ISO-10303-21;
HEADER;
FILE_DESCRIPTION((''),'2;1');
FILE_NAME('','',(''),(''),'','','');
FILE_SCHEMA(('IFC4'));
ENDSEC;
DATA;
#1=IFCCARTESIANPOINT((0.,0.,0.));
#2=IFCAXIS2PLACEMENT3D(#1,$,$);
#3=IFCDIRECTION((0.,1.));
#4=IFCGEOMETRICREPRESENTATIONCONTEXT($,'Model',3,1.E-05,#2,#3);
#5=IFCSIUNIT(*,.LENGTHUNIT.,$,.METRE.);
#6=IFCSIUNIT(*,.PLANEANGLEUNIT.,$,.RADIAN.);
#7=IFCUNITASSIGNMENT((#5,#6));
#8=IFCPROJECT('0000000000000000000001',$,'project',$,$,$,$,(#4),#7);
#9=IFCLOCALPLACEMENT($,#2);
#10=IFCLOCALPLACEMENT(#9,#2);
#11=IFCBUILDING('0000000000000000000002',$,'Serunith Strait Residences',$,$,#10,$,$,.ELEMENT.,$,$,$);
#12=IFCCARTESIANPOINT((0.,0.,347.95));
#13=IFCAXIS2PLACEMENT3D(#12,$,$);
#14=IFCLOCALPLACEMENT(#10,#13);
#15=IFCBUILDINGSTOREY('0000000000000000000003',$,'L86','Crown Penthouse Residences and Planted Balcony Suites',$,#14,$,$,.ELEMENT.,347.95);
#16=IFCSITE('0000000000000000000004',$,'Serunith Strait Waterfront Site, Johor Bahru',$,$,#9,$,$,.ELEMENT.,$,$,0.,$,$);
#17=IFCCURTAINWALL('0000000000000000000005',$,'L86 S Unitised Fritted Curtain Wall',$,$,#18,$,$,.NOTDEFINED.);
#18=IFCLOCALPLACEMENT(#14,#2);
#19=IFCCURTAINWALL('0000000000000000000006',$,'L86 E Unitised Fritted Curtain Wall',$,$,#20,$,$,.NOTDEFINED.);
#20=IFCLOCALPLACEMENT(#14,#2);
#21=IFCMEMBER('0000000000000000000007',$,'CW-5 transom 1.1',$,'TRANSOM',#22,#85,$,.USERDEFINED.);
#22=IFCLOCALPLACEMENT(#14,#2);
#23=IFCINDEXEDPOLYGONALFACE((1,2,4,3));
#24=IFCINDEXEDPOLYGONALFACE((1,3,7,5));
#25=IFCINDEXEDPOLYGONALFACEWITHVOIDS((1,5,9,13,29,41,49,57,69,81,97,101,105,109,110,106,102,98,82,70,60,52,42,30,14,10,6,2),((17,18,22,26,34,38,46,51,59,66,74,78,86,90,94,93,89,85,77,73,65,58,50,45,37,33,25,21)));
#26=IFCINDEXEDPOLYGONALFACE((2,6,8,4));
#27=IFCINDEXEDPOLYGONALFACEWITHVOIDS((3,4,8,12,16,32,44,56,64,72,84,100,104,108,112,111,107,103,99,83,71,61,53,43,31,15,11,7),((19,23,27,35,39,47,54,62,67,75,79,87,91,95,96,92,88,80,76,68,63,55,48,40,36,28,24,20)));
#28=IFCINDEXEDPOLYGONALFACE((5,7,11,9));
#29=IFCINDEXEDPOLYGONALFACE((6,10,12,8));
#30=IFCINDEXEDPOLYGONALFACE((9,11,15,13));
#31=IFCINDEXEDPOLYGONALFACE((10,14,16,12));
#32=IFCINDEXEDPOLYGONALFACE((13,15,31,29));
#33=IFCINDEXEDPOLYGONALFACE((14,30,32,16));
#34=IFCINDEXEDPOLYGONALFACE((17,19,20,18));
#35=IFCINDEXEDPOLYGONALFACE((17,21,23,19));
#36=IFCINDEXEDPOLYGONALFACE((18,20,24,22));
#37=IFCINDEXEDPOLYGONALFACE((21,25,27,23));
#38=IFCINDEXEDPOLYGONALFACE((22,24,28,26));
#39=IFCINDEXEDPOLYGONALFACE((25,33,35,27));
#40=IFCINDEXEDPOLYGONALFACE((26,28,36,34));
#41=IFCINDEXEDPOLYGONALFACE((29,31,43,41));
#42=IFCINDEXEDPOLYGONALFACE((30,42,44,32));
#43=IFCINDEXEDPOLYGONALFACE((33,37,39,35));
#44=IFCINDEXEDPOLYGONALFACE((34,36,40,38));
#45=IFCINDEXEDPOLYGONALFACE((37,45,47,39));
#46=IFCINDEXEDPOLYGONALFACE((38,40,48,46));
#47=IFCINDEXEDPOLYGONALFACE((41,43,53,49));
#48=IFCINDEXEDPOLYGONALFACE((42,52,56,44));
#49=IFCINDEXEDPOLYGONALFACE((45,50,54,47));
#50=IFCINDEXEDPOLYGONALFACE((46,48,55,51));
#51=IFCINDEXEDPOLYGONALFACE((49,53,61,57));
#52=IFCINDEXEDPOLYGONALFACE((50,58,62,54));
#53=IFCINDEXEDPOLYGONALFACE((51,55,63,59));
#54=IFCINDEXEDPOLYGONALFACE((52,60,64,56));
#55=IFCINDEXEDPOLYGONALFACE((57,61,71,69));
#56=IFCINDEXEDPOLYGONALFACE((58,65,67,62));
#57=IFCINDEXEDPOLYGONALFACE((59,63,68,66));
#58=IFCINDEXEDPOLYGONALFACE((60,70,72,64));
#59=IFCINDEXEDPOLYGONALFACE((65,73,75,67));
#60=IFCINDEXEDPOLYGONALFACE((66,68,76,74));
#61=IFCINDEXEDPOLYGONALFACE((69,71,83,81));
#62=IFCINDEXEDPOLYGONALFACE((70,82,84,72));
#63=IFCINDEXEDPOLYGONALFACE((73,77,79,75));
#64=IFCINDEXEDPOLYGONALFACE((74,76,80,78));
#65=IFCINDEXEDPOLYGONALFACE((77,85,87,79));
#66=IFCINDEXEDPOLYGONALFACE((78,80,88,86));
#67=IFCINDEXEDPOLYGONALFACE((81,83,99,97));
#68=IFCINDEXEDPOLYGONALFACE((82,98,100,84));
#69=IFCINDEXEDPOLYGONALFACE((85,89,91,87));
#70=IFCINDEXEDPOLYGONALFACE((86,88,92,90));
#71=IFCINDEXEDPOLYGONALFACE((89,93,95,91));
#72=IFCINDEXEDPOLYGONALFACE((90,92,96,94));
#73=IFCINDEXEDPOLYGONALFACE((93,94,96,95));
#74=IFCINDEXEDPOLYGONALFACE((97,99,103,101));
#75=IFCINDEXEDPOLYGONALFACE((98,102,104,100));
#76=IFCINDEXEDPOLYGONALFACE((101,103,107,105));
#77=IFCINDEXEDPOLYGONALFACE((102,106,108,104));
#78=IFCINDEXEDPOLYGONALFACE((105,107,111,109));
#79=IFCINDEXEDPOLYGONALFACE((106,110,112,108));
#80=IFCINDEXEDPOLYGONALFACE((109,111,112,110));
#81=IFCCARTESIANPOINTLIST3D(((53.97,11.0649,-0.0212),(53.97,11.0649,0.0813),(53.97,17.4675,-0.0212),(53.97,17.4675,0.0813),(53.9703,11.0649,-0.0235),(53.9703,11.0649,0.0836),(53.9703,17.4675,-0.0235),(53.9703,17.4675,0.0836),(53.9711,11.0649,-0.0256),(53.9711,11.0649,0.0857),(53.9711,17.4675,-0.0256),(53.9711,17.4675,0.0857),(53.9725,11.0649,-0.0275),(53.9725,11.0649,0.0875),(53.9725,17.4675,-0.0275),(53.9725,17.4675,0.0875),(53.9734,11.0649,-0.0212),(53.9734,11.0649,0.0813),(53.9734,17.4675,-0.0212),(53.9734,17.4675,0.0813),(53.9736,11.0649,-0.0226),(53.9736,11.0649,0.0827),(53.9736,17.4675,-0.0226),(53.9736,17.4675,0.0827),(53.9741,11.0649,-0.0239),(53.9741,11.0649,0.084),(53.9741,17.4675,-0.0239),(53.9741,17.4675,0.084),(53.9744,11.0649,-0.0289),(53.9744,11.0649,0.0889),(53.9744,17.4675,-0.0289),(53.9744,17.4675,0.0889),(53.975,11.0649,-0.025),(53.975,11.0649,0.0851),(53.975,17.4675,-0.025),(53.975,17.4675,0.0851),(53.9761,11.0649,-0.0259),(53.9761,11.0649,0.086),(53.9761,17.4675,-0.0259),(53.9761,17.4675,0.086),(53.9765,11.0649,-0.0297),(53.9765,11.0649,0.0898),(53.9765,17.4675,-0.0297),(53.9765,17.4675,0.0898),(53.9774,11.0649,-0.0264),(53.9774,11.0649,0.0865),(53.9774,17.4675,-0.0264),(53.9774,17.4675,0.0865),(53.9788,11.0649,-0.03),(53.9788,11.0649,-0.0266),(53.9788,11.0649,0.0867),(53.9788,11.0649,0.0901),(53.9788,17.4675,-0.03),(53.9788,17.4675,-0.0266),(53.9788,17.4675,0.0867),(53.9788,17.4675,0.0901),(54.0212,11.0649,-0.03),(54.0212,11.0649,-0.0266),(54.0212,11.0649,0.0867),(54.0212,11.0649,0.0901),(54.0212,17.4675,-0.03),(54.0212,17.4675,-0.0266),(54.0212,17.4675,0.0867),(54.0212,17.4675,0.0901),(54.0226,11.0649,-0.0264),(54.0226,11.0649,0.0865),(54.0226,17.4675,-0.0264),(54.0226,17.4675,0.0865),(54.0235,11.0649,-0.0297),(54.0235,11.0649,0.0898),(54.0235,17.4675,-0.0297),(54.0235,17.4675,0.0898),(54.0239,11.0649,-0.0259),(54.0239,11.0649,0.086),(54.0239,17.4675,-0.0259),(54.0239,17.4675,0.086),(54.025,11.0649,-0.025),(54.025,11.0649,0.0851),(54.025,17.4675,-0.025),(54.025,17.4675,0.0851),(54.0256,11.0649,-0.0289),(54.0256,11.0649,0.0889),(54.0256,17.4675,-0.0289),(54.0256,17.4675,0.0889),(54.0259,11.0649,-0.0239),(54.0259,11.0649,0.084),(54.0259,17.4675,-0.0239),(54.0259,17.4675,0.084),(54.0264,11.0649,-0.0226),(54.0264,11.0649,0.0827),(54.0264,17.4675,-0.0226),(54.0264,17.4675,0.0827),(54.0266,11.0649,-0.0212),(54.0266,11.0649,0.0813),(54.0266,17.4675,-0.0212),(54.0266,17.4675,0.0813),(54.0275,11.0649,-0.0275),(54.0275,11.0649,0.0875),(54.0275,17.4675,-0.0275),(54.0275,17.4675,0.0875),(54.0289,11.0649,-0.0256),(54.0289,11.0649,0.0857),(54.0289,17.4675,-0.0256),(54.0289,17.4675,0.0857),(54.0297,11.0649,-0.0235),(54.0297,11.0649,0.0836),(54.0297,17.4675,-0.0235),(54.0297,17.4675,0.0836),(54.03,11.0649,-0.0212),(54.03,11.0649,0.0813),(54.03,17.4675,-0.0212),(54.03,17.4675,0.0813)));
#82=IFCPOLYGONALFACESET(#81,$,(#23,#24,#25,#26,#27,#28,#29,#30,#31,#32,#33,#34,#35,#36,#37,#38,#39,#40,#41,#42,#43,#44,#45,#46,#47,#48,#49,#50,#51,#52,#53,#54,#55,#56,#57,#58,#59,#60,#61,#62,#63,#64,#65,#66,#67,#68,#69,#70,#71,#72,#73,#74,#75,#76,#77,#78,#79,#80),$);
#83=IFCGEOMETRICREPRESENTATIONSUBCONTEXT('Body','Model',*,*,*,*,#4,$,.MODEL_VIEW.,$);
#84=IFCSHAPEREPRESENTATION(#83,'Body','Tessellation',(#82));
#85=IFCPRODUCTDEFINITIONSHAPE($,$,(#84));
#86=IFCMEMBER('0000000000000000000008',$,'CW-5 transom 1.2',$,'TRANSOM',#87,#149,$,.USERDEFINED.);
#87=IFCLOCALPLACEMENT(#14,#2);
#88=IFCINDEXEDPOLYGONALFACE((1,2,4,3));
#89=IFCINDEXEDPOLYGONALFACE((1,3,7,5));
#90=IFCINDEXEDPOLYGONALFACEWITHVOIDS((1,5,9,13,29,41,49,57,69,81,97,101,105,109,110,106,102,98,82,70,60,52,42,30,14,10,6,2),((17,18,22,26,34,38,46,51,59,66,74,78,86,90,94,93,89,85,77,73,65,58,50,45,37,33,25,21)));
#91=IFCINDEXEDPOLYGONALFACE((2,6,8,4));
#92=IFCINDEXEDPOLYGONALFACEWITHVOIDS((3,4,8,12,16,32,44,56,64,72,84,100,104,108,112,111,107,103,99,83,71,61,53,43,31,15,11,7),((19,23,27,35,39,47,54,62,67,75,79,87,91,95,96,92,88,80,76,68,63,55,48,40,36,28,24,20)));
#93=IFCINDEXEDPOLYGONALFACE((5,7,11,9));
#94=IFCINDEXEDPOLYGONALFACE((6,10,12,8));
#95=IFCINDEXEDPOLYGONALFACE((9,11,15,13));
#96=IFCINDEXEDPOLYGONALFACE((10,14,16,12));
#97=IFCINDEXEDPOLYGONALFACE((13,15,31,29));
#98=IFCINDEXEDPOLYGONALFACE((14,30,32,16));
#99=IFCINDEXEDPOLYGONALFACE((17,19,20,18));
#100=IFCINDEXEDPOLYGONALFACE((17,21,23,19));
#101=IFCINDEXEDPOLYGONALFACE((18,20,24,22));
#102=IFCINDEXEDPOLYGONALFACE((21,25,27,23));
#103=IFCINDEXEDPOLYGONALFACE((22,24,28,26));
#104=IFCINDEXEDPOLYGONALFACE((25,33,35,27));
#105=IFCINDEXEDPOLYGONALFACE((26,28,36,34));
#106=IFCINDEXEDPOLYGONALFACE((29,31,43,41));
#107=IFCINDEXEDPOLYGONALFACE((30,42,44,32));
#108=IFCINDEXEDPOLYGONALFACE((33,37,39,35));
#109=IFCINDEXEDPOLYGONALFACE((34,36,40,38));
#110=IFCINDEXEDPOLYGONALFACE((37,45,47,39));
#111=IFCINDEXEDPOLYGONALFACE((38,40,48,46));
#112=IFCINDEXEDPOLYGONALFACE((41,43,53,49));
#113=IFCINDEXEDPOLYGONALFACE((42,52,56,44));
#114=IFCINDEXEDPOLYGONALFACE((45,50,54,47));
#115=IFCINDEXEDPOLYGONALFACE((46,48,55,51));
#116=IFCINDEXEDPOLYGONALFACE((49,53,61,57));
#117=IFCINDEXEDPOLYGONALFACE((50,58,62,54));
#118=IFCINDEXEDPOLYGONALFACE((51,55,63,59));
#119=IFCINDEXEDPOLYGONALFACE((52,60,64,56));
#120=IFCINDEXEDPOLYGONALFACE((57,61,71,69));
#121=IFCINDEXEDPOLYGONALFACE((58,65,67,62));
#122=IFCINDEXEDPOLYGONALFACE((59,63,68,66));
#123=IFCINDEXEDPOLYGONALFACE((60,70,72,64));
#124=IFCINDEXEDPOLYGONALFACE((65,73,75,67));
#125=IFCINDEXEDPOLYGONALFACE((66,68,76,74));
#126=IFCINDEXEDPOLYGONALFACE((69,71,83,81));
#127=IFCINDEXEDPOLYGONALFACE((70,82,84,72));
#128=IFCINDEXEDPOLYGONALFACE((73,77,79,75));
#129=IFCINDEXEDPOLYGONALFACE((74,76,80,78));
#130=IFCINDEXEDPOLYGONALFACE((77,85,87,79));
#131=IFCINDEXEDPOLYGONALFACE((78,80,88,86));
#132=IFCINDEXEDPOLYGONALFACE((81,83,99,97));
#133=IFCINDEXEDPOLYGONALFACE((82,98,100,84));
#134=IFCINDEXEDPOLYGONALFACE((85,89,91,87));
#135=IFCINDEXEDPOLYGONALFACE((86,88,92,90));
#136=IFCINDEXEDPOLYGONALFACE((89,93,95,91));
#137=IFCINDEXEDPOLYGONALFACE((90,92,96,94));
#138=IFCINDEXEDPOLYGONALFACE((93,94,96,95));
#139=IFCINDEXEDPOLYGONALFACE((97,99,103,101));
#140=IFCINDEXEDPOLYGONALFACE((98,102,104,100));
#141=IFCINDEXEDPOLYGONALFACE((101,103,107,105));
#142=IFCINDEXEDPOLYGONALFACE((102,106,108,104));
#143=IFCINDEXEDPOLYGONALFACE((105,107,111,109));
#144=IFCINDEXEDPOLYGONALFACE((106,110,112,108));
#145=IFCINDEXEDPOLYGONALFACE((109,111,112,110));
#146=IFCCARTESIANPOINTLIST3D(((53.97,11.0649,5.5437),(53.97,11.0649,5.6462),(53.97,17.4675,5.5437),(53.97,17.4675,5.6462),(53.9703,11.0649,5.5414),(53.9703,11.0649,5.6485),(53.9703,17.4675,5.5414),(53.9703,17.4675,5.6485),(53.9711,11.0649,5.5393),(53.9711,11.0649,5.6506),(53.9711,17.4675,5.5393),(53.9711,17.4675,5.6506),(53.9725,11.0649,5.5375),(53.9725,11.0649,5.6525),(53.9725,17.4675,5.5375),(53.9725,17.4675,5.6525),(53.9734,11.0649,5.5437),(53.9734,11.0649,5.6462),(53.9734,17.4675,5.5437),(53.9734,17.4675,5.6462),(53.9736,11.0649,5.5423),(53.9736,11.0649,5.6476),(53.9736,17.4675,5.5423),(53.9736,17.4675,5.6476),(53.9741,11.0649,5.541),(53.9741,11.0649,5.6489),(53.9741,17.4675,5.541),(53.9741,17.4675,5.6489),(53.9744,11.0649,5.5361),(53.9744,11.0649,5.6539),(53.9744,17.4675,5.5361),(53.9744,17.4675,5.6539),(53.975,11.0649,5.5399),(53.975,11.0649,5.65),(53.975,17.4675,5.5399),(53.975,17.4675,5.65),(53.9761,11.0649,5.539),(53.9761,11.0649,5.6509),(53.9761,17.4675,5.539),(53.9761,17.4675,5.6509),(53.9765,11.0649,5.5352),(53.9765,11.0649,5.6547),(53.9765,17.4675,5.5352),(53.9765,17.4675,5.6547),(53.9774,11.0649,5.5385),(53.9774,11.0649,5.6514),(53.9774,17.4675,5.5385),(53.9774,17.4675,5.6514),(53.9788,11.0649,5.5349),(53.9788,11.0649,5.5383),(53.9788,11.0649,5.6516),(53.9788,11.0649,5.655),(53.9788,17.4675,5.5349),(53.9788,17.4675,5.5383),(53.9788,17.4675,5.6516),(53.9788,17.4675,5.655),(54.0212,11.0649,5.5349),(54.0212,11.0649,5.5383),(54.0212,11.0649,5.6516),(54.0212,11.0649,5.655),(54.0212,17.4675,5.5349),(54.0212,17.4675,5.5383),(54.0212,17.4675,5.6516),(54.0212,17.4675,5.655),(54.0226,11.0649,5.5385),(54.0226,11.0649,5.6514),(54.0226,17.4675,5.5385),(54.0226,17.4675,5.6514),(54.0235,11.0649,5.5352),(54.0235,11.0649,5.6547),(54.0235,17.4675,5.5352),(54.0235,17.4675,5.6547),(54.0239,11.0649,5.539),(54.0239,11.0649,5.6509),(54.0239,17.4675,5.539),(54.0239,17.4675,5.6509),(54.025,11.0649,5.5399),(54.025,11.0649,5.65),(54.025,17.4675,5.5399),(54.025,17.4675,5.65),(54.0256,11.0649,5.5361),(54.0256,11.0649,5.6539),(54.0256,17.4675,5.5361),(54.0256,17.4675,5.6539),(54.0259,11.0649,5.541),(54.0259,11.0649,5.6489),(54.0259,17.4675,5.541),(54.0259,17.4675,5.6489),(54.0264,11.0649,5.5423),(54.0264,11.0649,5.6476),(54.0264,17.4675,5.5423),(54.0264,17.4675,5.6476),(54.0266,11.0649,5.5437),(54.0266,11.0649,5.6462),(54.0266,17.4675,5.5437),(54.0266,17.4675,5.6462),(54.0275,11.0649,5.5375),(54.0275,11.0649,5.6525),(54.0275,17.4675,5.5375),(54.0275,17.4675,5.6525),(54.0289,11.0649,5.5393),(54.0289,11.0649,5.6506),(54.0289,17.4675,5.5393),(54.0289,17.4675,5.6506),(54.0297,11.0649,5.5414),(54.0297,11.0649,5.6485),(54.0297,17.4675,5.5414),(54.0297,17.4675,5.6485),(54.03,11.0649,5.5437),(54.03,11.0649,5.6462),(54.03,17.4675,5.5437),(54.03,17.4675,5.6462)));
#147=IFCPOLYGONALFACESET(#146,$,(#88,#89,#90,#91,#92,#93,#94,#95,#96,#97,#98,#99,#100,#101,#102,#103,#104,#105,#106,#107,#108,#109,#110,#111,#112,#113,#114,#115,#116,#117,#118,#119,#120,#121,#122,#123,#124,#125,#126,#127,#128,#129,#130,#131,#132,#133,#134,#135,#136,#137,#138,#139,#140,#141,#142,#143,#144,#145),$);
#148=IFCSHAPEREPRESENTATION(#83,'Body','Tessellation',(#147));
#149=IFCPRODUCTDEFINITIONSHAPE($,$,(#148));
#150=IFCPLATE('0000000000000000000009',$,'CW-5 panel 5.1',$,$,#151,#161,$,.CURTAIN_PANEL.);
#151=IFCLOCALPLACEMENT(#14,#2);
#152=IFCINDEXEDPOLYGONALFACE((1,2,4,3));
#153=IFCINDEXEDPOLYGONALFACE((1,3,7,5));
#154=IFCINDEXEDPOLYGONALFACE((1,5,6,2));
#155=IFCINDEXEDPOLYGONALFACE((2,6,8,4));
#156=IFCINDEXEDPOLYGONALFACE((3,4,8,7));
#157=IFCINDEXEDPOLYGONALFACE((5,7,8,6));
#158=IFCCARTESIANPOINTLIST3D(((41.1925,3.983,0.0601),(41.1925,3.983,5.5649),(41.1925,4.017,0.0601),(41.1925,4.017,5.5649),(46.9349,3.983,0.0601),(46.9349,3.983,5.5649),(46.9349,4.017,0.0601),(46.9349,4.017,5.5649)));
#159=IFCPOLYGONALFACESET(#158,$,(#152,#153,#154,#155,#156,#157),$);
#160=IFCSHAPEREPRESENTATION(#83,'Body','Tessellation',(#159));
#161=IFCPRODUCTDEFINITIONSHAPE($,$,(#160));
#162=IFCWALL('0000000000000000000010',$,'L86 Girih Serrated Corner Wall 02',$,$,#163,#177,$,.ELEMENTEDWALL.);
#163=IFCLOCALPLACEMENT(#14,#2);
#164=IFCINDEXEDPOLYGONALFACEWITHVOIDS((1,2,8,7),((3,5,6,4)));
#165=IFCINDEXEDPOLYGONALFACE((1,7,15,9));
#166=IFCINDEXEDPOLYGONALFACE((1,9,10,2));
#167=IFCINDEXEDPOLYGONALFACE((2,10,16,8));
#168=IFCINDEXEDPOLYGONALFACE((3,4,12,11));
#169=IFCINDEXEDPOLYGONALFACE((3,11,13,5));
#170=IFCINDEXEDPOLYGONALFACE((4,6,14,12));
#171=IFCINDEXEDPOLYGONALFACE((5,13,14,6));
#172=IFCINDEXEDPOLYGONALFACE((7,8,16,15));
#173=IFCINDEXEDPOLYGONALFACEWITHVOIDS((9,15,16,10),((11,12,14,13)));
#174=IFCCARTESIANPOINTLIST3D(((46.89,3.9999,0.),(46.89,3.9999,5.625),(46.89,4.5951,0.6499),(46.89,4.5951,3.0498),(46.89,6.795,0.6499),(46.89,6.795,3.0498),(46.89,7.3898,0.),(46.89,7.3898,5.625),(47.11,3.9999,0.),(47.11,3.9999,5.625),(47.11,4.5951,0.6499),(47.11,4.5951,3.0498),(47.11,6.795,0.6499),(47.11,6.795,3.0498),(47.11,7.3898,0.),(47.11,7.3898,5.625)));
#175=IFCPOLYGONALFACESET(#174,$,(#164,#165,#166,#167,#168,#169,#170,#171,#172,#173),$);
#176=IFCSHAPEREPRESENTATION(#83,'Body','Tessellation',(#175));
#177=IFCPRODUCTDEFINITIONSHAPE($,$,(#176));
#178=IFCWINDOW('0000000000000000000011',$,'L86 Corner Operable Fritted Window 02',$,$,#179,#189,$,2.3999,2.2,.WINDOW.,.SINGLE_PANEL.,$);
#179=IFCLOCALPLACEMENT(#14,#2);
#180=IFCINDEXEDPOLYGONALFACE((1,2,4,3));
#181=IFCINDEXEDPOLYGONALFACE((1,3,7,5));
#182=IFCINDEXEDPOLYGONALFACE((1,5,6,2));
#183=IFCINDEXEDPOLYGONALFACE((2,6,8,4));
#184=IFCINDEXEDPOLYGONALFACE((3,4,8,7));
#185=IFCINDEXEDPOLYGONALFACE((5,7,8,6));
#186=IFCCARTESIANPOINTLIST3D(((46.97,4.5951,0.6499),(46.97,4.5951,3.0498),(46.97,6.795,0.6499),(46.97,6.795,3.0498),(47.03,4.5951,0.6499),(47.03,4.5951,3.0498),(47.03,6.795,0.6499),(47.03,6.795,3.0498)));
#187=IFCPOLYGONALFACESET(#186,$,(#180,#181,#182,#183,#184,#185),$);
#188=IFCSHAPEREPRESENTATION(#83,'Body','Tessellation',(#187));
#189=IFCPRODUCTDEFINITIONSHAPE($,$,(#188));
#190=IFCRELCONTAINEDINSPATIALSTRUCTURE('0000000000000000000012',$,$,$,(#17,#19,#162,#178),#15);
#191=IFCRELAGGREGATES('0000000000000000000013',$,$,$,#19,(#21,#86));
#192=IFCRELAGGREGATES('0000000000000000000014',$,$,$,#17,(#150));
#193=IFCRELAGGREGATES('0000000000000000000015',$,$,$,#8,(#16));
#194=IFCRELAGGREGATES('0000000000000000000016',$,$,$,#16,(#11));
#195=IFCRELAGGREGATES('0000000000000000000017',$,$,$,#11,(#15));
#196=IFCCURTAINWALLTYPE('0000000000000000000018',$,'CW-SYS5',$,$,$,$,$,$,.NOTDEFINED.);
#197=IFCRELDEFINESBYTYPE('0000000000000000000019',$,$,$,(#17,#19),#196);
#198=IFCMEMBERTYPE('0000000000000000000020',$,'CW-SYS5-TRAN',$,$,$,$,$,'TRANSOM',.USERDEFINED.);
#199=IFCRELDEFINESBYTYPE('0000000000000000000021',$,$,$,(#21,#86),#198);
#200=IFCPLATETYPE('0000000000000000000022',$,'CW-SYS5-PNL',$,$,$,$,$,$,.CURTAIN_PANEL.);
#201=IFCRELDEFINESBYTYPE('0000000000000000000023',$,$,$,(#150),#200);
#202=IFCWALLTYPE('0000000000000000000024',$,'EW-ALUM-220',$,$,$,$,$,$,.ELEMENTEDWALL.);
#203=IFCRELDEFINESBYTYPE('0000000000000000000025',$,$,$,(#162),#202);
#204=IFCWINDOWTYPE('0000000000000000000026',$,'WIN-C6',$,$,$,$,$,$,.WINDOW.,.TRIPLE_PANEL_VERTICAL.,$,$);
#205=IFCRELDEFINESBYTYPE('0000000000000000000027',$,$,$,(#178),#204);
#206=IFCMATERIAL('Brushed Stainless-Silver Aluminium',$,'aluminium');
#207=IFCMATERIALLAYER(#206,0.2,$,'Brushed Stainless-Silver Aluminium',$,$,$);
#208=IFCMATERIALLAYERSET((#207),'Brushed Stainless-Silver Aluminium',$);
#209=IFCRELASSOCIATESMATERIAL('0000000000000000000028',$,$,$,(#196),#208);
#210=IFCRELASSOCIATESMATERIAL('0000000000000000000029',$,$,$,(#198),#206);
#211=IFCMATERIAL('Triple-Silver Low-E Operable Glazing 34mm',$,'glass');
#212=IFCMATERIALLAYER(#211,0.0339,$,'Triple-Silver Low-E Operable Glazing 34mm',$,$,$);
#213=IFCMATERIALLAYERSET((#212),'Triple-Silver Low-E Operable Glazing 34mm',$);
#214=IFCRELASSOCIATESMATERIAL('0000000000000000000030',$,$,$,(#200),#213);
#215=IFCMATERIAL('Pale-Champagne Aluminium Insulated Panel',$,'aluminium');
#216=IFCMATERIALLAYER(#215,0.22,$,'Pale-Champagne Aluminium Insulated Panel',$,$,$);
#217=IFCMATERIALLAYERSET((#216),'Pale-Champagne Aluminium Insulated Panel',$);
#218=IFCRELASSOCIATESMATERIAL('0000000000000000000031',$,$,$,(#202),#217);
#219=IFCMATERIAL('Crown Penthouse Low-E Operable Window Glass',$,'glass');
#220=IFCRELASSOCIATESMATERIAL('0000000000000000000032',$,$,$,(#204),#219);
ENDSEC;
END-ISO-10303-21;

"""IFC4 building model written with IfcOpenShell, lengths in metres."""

from ifc_helpers import new_model, si_unit, direction, frame, frame_2d, origin, origin_2d, place, context, subcontext, project, spatial, rectangle, hollow_rectangle, extrude, source, transform, mapped, material, layer, layer_set, material_profile, profile_set, type_object, element, fill, aggregate, save


model = new_model("IFC4")

# Units and contexts
model_context = context("Model", 3, precision=1e-05, world=origin(), true_north=direction((0.0, 1.0)))
body_context = subcontext(model_context, "Body", "Model", "MODEL_VIEW")
ifc_project = project(units=[si_unit("LENGTHUNIT", "METRE"), si_unit("PLANEANGLEUNIT", "RADIAN")], contexts=[model_context])

# Site, building, storey
site_placement = place(None, origin())
site = spatial("IfcSite", under=ifc_project, at=site_placement, Name="Serunith Strait Waterfront Site, Johor Bahru", CompositionType="ELEMENT", RefElevation=0.0)
building_placement = place(site_placement, origin())
building = spatial("IfcBuilding", under=site, at=building_placement, Name="Serunith Strait Residences", CompositionType="ELEMENT")
storey_placement = place(building_placement, frame((0.0, 0.0, 347.95)))
storey = spatial("IfcBuildingStorey", under=building, at=storey_placement, Name="L86", Description="Crown Penthouse Residences and Planted Balcony Suites", CompositionType="ELEMENT", Elevation=347.95)

# Curtain wall
ifc_material_1 = material(Name="Brushed Stainless-Silver Aluminium", Category="aluminium")
ifc_layer_1 = layer(ifc_material_1, 0.2, Name="Brushed Stainless-Silver Aluminium")
ifc_layer_set_1 = layer_set([ifc_layer_1], Name="Brushed Stainless-Silver Aluminium")
curtain_wall_type = type_object("IfcCurtainWallType", Name="CW-SYS5", PredefinedType="NOTDEFINED", material=ifc_layer_set_1)
curtain_wall_1_placement = place(storey_placement, origin())
curtain_wall_1 = element("IfcCurtainWall", 1, at=curtain_wall_1_placement, inside=storey, type_object=curtain_wall_type, Name="L86 S Unitised Fritted Curtain Wall", PredefinedType="NOTDEFINED")

# Curtain wall, members
curtain_wall_2_placement = place(storey_placement, origin())
curtain_wall_2 = element("IfcCurtainWall", 2, at=curtain_wall_2_placement, inside=storey, type_object=curtain_wall_type, Name="L86 E Unitised Fritted Curtain Wall", PredefinedType="NOTDEFINED")
ifc_material_profile_1 = material_profile(ifc_material_1, hollow_rectangle(XDim=0.0601, YDim=0.1201, WallThickness=0.0034, InnerFilletRadius=0.0054, OuterFilletRadius=0.0088, at=origin_2d()), Name="ALU 120x60x3.5")
ifc_profile_set_1 = profile_set([ifc_material_profile_1], Name="Brushed Stainless-Silver Aluminium")
member_type_1 = type_object("IfcMemberType", Name="CW-SYS5-TRAN", ElementType="TRANSOM", PredefinedType="USERDEFINED", material=ifc_profile_set_1)
shared_shape_1 = source(origin(), body_context, "Body", "SweptSolid", [
    extrude(hollow_rectangle(XDim=0.0601, YDim=0.1201, WallThickness=0.0034, InnerFilletRadius=0.0054, OuterFilletRadius=0.0088, at=origin_2d()), origin(), (0.0, 0.0, 1.0), 6.4026),
])
member_1_placement = place(storey_placement, frame((54.0, 11.0649, 0.03), z_axis=(0.0, 1.0, 0.0), x_axis=(-1.0, 0.0, 0.0)))
member_1 = element("IfcMember", 3, at=member_1_placement, type_object=member_type_1, Name="CW-5 transom 1.1", ObjectType="TRANSOM", PredefinedType="USERDEFINED", context=body_context, shape_type="MappedRepresentation", body=[
    mapped(shared_shape_1, transform((0.0, 0.0, 0.0), scale=1.0)),
])
member_2_placement = place(storey_placement, frame((54.0, 11.0649, 5.595), z_axis=(0.0, 1.0, 0.0), x_axis=(-1.0, 0.0, 0.0)))
member_2 = element("IfcMember", 4, at=member_2_placement, type_object=member_type_1, Name="CW-5 transom 1.2", ObjectType="TRANSOM", PredefinedType="USERDEFINED", context=body_context, shape_type="MappedRepresentation", body=[
    mapped(shared_shape_1, transform((0.0, 0.0, 0.0), scale=1.0)),
])
aggregate(curtain_wall_2, [member_1, member_2])

# Plate
ifc_material_2 = material(Name="Triple-Silver Low-E Operable Glazing 34mm", Category="glass")
ifc_layer_2 = layer(ifc_material_2, 0.0339, Name="Triple-Silver Low-E Operable Glazing 34mm")
ifc_layer_set_2 = layer_set([ifc_layer_2], Name="Triple-Silver Low-E Operable Glazing 34mm")
plate_type = type_object("IfcPlateType", Name="CW-SYS5-PNL", PredefinedType="CURTAIN_PANEL", material=ifc_layer_set_2)
shared_shape_2 = source(origin(), body_context, "Body", "SweptSolid", [
    extrude(rectangle(XDim=5.7424, YDim=0.0339, at=origin_2d()), origin(), (0.0, 0.0, 1.0), 5.5049),
])
plate_placement = place(storey_placement, frame((44.0637, 4.0, 0.0601), z_axis=(0.0, 0.0, 1.0), x_axis=(1.0, 0.0, 0.0)))
plate = element("IfcPlate", 5, at=plate_placement, type_object=plate_type, Name="CW-5 panel 5.1", PredefinedType="CURTAIN_PANEL", context=body_context, shape_type="MappedRepresentation", body=[
    mapped(shared_shape_2, transform((0.0, 0.0, 0.0), scale=1.0)),
])
aggregate(curtain_wall_1, [plate])

# Wall, opening, window
ifc_material_3 = material(Name="Pale-Champagne Aluminium Insulated Panel", Category="aluminium")
ifc_layer_3 = layer(ifc_material_3, 0.22, Name="Pale-Champagne Aluminium Insulated Panel")
ifc_layer_set_3 = layer_set([ifc_layer_3], Name="Pale-Champagne Aluminium Insulated Panel")
wall_type_1 = type_object("IfcWallType", Name="EW-ALUM-220", PredefinedType="ELEMENTEDWALL", material=ifc_layer_set_3)
wall_1_placement = place(storey_placement, frame((47.0, 4.0, 0.0), z_axis=(0.0, 0.0, 1.0), x_axis=(0.0, 1.0, 0.0)))
wall_1 = element("IfcWall", 6, at=wall_1_placement, inside=storey, type_object=wall_type_1, Name="L86 Girih Serrated Corner Wall 02", PredefinedType="ELEMENTEDWALL", context=body_context, shape_type="SweptSolid", body=[
    extrude(rectangle(XDim=3.3899, YDim=0.22, at=frame_2d((1.6948, 0.0))), origin(), (0.0, 0.0, 1.0), 5.625),
])
opening_1_placement = place(wall_1_placement, frame((0.595, 0.0, 0.6499)))
opening_1 = element("IfcOpeningElement", 7, at=opening_1_placement, cuts=wall_1, PredefinedType="OPENING", context=body_context, shape_type="SweptSolid", body=[
    extrude(rectangle(XDim=2.2, YDim=2.3999, at=frame_2d((1.1001, 1.2))), frame((0.0, 0.1201, 0.0), z_axis=(0.0, -1.0, 0.0), x_axis=(1.0, 0.0, 0.0)), (0.0, 0.0, 1.0), 0.24),
])
ifc_material_4 = material(Name="Crown Penthouse Low-E Operable Window Glass", Category="glass")
window_type = type_object("IfcWindowType", Name="WIN-C6", PartitioningType="TRIPLE_PANEL_VERTICAL", PredefinedType="WINDOW", material=ifc_material_4)
shared_shape_3 = source(origin(), body_context, "Body", "SweptSolid", [
    extrude(rectangle(XDim=2.2, YDim=2.3999, at=frame_2d((1.1001, 1.2))), frame((0.0, 0.03, 0.0), z_axis=(0.0, -1.0, 0.0), x_axis=(1.0, 0.0, 0.0)), (0.0, 0.0, 1.0), 0.0601),
])
window_1_placement = place(opening_1_placement, origin())
window_1 = element("IfcWindow", 8, at=window_1_placement, inside=storey, type_object=window_type, Name="L86 Corner Operable Fritted Window 02", OverallHeight=2.3999, OverallWidth=2.2, PartitioningType="SINGLE_PANEL", PredefinedType="WINDOW", context=body_context, shape_type="MappedRepresentation", body=[
    mapped(shared_shape_3, transform((0.0, 0.0, 0.0), scale=1.0)),
])
fill(opening_1, window_1)

save(model, "model.ifc")
